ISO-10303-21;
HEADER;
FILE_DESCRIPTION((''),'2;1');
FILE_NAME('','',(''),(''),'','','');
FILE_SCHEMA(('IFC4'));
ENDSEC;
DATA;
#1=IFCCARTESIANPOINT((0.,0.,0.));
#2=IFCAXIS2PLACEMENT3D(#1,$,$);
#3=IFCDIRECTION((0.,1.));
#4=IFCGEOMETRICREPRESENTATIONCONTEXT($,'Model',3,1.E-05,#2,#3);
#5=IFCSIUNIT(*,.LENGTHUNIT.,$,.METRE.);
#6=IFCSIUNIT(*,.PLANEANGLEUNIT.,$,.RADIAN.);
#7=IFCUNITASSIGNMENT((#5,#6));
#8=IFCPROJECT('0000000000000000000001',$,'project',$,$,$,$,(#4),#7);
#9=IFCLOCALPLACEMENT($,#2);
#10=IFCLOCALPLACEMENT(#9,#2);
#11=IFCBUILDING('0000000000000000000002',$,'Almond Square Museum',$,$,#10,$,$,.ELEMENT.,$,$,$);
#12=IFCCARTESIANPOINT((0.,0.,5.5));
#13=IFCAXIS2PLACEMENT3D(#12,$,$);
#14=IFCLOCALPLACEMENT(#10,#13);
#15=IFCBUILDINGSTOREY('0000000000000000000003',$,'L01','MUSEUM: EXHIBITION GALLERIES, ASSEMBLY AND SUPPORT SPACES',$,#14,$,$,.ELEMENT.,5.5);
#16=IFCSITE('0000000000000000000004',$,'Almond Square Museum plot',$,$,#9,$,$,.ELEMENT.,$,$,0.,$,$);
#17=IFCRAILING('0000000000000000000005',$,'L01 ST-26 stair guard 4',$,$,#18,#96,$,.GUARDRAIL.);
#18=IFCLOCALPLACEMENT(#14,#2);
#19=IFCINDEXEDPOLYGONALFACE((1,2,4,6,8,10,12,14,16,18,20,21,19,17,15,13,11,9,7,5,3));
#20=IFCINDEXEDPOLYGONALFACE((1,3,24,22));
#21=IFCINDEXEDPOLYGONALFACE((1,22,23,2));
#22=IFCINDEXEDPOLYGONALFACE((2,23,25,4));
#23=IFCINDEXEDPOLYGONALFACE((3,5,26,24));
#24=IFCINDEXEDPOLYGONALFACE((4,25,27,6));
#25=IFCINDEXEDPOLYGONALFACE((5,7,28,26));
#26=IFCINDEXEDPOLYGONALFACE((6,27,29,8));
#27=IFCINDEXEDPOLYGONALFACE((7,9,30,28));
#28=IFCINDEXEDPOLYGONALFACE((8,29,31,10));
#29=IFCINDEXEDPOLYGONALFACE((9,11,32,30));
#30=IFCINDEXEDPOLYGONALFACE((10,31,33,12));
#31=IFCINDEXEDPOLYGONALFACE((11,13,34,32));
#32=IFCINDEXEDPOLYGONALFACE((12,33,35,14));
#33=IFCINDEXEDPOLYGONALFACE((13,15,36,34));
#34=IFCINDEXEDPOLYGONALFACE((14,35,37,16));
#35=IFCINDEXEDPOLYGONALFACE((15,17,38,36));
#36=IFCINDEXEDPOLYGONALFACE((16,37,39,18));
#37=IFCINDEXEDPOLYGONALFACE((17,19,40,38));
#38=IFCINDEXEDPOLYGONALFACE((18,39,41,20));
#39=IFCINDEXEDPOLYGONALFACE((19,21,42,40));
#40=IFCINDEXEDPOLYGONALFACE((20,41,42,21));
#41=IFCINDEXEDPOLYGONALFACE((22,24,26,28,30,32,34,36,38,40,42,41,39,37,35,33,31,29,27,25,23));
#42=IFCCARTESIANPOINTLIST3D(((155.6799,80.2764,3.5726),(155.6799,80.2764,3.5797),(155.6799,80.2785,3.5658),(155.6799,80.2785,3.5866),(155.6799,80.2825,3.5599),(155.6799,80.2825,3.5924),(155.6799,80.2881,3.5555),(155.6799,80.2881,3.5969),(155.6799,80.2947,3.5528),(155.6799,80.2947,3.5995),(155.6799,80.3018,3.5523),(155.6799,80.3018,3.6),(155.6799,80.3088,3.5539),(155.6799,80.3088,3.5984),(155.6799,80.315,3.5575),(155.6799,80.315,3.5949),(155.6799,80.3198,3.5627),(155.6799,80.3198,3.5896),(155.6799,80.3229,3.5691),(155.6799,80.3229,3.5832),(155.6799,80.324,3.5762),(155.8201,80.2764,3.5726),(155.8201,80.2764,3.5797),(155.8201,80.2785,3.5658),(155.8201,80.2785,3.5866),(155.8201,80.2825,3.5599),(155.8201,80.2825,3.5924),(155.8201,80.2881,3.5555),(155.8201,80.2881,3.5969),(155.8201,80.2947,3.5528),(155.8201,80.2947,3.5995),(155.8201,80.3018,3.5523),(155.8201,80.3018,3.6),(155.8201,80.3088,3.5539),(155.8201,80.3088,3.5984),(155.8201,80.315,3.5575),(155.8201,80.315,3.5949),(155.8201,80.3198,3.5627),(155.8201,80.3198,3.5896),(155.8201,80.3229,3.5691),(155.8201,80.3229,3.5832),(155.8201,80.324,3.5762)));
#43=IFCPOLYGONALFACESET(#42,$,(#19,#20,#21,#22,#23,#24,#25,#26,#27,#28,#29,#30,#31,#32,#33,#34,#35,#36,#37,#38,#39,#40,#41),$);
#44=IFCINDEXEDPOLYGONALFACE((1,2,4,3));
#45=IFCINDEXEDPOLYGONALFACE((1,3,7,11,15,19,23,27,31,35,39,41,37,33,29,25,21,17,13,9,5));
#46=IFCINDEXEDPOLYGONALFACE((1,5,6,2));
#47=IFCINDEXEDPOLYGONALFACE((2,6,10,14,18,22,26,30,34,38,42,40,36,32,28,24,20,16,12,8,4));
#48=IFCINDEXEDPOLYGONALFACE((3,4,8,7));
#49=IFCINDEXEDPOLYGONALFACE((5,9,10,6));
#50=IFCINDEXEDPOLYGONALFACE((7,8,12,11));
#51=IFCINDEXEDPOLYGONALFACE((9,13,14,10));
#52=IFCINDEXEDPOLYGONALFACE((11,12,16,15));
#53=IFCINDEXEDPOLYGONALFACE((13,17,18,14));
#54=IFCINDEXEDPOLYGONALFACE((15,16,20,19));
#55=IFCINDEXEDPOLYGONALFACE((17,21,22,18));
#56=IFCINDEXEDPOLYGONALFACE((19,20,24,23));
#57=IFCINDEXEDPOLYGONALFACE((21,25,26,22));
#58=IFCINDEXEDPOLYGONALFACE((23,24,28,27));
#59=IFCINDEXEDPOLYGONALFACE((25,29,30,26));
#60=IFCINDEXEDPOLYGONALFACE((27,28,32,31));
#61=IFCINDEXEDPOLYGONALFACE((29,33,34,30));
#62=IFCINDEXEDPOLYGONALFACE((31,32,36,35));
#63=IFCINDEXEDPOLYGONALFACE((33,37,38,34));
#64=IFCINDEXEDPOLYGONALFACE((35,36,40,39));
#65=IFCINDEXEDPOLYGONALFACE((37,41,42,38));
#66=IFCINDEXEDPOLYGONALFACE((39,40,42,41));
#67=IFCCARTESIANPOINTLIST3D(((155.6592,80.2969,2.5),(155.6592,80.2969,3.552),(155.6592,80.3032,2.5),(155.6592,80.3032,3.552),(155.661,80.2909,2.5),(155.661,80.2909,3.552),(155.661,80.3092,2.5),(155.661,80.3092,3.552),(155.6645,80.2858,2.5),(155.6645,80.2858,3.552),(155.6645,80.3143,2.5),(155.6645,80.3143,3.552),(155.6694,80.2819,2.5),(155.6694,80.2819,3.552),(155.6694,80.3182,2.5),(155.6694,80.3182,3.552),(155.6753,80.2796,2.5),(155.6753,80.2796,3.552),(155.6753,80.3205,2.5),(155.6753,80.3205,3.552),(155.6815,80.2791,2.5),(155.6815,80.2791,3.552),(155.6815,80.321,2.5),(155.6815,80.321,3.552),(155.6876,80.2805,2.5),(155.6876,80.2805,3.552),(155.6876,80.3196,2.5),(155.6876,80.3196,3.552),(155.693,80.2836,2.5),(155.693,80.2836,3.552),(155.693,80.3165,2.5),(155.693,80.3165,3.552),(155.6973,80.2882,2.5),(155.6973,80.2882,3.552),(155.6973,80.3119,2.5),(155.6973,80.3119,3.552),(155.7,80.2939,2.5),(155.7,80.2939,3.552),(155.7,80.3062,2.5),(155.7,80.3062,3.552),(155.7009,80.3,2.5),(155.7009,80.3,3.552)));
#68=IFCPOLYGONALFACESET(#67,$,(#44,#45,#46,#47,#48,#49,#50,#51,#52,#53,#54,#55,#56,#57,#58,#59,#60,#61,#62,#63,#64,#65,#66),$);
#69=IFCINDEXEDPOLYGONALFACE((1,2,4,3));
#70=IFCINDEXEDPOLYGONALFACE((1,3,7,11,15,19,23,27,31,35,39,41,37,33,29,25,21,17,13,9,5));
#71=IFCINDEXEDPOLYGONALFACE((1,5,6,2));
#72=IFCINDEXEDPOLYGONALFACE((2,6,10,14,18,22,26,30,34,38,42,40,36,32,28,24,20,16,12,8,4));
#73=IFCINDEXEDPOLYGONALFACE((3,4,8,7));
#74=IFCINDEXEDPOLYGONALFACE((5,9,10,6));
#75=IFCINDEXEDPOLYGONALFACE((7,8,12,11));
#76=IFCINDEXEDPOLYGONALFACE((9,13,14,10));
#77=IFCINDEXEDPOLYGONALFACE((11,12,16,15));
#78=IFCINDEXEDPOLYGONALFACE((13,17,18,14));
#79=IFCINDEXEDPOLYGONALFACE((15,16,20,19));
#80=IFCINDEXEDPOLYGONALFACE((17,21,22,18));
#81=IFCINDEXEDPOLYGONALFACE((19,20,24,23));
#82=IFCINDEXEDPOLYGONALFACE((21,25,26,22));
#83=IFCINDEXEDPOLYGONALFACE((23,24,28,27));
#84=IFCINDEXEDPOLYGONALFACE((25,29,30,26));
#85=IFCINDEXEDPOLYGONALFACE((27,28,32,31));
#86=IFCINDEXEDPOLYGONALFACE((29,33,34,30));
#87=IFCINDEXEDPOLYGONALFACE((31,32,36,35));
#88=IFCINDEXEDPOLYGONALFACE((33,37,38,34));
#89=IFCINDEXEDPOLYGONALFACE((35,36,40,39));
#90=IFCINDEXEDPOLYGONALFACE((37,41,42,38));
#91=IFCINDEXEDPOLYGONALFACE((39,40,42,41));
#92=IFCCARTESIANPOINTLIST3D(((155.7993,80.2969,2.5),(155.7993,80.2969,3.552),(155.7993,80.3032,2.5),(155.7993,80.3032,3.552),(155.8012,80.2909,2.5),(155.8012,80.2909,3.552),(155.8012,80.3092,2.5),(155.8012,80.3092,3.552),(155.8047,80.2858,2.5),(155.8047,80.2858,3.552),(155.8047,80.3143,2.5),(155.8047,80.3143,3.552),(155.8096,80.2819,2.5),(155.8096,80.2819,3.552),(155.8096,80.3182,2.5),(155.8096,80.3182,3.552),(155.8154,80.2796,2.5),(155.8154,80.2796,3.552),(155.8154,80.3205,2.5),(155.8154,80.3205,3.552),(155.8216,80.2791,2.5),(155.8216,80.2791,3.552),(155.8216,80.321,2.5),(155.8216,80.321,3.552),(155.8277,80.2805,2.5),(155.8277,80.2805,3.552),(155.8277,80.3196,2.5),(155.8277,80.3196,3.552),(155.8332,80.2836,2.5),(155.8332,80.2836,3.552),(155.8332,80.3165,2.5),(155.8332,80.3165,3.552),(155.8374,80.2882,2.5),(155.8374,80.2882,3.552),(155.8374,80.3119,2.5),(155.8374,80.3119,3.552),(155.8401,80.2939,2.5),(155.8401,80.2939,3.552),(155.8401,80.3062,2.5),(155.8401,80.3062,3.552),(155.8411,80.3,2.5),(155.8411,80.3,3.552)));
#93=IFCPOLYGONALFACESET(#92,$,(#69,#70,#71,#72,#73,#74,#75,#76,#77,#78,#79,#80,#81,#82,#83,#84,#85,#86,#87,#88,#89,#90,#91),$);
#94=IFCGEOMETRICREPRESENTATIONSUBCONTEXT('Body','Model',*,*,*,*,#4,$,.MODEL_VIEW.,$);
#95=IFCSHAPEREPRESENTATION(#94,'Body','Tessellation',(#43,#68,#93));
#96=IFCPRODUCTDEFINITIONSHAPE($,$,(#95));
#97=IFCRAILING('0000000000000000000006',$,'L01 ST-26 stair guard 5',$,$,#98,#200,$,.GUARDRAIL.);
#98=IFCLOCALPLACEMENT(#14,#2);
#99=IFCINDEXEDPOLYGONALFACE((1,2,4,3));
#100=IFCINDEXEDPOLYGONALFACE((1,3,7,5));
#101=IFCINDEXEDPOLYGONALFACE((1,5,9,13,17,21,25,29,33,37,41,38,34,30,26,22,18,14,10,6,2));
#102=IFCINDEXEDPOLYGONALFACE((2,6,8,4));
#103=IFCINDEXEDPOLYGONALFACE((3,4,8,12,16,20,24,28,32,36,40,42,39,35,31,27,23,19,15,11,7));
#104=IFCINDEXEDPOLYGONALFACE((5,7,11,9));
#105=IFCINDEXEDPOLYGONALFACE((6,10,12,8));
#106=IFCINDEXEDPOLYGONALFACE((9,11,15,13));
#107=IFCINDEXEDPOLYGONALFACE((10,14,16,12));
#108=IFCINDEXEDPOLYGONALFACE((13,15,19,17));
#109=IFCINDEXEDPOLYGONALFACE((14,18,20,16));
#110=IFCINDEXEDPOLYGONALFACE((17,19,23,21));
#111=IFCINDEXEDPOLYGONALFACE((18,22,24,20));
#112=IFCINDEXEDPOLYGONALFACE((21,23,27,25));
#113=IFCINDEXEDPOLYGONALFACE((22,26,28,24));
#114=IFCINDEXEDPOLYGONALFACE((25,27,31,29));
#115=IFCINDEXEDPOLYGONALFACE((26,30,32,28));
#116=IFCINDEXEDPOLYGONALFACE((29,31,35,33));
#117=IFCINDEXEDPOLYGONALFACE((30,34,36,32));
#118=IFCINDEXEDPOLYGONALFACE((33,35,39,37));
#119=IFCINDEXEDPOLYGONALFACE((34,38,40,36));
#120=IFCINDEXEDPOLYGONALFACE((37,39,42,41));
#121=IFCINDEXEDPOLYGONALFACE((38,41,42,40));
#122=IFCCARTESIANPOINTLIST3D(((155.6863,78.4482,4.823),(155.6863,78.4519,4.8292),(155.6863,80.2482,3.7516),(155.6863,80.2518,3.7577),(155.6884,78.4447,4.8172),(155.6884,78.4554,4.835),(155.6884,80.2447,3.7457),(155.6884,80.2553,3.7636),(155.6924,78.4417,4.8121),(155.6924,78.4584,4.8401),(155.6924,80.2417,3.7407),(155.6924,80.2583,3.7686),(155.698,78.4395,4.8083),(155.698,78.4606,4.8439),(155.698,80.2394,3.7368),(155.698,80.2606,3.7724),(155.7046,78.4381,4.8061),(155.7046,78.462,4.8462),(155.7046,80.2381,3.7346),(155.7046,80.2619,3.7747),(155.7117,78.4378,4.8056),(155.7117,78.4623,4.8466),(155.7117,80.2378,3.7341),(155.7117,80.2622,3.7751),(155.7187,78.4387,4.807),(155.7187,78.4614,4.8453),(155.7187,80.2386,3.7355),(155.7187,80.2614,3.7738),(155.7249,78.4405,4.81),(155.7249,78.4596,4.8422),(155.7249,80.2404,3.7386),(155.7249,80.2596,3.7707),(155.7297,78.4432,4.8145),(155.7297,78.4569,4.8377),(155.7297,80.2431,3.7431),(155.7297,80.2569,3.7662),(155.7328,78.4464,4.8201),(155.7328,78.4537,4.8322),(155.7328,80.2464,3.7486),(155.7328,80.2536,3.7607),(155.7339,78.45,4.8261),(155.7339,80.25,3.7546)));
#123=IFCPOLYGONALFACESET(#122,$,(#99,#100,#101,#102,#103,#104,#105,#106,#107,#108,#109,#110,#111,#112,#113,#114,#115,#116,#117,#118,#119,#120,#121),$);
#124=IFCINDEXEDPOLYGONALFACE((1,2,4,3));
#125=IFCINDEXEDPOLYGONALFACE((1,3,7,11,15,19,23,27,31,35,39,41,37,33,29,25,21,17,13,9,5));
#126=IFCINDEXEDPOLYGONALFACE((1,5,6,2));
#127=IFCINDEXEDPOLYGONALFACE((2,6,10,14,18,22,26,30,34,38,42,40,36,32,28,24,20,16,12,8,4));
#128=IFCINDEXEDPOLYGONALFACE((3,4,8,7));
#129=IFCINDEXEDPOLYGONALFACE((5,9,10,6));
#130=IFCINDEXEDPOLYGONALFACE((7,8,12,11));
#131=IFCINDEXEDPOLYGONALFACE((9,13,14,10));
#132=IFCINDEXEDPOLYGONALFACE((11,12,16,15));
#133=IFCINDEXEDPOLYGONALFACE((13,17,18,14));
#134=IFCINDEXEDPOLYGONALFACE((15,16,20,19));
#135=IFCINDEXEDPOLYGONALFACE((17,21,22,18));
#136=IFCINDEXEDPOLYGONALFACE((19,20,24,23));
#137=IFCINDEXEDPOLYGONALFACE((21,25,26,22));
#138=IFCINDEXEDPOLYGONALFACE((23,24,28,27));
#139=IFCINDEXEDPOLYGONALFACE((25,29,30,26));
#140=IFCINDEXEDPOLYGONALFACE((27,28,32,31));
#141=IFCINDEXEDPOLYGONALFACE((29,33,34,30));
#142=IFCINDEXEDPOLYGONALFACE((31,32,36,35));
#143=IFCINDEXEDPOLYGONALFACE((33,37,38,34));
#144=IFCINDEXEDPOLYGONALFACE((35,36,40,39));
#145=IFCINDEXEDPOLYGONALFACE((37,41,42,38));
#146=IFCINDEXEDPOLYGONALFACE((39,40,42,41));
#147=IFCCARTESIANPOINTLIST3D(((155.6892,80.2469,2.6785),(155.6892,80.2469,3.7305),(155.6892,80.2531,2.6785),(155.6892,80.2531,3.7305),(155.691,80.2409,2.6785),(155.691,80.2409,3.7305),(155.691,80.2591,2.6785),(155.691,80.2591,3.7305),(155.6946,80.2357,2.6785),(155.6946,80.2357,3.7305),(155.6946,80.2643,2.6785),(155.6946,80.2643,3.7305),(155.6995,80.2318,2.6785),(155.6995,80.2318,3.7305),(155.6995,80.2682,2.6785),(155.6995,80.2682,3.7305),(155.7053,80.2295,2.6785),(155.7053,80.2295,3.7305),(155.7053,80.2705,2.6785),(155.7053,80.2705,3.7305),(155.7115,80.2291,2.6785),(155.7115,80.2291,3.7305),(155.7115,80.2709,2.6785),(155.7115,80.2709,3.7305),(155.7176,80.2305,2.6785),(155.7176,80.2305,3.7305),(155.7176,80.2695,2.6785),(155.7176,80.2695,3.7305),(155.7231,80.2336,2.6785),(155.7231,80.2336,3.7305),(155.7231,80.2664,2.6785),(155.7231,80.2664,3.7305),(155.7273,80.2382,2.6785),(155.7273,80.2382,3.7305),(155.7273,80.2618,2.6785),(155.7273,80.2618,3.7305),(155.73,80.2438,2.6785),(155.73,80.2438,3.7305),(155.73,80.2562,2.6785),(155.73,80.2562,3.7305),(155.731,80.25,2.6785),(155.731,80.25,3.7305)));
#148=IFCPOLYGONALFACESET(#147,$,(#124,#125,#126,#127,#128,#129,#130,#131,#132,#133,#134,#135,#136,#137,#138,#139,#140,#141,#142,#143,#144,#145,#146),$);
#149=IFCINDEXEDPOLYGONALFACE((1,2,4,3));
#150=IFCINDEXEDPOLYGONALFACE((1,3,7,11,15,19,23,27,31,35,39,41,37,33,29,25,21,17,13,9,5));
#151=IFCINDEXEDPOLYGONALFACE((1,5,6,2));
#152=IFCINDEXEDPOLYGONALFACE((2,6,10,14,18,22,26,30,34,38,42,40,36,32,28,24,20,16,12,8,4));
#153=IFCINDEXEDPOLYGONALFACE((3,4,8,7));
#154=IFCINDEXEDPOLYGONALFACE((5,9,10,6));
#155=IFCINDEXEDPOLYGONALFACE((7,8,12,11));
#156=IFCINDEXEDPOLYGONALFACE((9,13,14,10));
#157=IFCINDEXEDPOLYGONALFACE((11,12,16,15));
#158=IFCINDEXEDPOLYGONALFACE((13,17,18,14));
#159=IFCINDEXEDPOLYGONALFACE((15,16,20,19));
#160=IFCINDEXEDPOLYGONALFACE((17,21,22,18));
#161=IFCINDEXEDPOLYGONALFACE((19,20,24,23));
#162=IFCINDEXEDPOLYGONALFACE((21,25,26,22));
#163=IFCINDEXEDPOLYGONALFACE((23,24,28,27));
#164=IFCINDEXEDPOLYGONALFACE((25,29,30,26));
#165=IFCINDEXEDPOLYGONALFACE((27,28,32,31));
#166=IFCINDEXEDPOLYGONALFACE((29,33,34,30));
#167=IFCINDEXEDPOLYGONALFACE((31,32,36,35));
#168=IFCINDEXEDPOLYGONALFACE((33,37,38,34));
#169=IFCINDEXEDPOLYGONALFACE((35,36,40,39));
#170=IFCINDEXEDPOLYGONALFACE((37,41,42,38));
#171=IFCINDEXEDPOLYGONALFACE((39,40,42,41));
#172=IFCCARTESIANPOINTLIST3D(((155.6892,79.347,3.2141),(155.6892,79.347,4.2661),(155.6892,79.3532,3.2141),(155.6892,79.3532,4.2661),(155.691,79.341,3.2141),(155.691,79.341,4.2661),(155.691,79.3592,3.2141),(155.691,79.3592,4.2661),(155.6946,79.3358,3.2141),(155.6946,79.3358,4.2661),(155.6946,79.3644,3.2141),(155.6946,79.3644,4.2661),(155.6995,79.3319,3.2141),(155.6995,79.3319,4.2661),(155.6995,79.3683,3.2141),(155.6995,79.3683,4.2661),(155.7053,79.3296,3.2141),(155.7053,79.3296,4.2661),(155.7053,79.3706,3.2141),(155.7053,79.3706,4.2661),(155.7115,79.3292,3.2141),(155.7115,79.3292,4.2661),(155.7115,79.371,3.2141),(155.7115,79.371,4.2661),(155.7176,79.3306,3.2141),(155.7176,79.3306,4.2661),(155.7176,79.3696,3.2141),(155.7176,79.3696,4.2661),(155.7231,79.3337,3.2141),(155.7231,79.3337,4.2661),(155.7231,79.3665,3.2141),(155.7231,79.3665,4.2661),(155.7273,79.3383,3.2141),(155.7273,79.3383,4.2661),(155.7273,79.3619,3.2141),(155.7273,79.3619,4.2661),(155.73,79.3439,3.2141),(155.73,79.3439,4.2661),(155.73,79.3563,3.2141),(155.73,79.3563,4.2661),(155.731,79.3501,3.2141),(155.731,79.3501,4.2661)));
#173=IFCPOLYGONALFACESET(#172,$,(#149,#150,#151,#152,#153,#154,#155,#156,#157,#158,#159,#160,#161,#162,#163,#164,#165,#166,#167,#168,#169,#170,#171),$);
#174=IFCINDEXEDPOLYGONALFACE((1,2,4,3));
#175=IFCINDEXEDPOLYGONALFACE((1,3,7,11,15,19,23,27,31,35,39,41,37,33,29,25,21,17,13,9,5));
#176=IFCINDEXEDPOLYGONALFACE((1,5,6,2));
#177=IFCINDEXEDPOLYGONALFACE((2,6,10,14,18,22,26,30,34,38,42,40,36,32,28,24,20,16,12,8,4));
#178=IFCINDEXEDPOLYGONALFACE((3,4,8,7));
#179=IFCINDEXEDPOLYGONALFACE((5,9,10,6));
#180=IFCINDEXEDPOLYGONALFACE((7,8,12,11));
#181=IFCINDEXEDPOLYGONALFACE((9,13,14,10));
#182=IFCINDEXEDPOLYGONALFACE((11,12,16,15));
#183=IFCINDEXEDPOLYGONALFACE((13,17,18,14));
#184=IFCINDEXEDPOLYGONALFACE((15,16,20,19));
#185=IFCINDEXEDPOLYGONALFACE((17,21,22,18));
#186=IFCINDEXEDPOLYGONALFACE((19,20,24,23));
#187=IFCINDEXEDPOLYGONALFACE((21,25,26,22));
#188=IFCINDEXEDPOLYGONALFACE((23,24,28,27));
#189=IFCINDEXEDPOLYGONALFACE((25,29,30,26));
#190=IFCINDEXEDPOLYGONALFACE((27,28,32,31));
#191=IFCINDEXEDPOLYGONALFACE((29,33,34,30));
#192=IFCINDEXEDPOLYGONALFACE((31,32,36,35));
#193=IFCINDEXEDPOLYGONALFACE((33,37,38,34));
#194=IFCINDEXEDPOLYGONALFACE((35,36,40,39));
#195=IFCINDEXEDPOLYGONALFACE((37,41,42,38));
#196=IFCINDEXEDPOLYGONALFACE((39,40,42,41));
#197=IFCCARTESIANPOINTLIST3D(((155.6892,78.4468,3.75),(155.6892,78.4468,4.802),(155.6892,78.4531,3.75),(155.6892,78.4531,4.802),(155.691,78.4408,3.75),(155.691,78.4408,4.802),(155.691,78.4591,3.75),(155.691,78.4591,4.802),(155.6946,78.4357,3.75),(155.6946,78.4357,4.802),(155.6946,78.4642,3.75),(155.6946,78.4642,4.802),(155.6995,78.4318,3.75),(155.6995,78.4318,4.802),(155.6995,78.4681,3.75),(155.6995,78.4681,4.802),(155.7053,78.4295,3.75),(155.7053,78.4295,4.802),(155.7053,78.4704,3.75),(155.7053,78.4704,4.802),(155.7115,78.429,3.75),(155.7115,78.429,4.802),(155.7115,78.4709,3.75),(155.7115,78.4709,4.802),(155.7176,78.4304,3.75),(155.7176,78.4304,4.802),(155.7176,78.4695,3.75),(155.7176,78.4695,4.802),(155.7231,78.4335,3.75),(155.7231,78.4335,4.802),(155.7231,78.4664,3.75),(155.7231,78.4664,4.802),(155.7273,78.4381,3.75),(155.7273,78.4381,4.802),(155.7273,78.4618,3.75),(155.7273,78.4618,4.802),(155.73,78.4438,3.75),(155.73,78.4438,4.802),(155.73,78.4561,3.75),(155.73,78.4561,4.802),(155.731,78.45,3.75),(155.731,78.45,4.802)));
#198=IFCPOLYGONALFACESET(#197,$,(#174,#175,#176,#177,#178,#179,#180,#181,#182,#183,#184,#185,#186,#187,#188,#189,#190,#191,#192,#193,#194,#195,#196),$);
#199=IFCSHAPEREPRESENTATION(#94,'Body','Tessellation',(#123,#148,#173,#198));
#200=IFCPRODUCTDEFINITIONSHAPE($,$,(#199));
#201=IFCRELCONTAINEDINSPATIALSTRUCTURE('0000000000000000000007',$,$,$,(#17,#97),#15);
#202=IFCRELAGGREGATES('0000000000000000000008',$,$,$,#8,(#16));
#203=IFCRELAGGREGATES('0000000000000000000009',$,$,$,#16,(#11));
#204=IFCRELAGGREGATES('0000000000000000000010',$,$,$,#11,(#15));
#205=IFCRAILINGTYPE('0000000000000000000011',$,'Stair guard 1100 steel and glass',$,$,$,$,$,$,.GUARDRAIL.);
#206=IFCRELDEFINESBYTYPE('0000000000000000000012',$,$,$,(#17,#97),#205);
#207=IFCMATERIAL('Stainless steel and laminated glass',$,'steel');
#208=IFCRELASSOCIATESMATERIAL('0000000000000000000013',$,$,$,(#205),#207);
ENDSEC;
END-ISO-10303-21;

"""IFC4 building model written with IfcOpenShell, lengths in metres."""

from ifc_helpers import new_model, si_unit, direction, frame, origin, origin_2d, place, context, subcontext, project, spatial, circle, extrude, material, type_object, element, save


model = new_model("IFC4")

# Units and contexts
model_context = context("Model", 3, precision=1e-05, world=origin(), true_north=direction((0.0, 1.0)))
body_context = subcontext(model_context, "Body", "Model", "MODEL_VIEW")
ifc_project = project(units=[si_unit("LENGTHUNIT", "METRE"), si_unit("PLANEANGLEUNIT", "RADIAN")], contexts=[model_context])

# Site, building, storey
site_placement = place(None, origin())
site = spatial("IfcSite", under=ifc_project, at=site_placement, Name="Almond Square Museum plot", CompositionType="ELEMENT", RefElevation=0.0)
building_placement = place(site_placement, origin())
building = spatial("IfcBuilding", under=site, at=building_placement, Name="Almond Square Museum", CompositionType="ELEMENT")
storey_placement = place(building_placement, frame((0.0, 0.0, 5.5)))
storey = spatial("IfcBuildingStorey", under=building, at=storey_placement, Name="L01", Description="MUSEUM: EXHIBITION GALLERIES, ASSEMBLY AND SUPPORT SPACES", CompositionType="ELEMENT", Elevation=5.5)

# Railings
ifc_material_1 = material(Name="Stainless steel and laminated glass", Category="steel")
railing_type = type_object("IfcRailingType", Name="Stair guard 1100 steel and glass", PredefinedType="GUARDRAIL", material=ifc_material_1)
railing_1_placement = place(storey_placement, frame((155.6799, 80.3, 2.5)))
element("IfcRailing", 1, at=railing_1_placement, inside=storey, type_object=railing_type, Name="L01 ST-26 stair guard 4", PredefinedType="GUARDRAIL", context=body_context, shape_type="SweptSolid", body=[
    extrude(circle(Radius=0.0239, at=origin_2d()), frame((0.0, 0.0, 1.0762), z_axis=(1.0, 0.0, 0.0), x_axis=(0.0, 1.0, 0.0)), (0.0, 0.0, 1.0), 0.1401),
    extrude(circle(Radius=0.021, at=origin_2d()), origin(), (0.0, 0.0, 1.0), 1.052),
    extrude(circle(Radius=0.021, at=origin_2d()), frame((0.1401, 0.0, 0.0)), (0.0, 0.0, 1.0), 1.052),
])
railing_2_placement = place(storey_placement, frame((155.71, 80.25, 2.6785)))
element("IfcRailing", 2, at=railing_2_placement, inside=storey, type_object=railing_type, Name="L01 ST-26 stair guard 5", PredefinedType="GUARDRAIL", context=body_context, shape_type="SweptSolid", body=[
    extrude(circle(Radius=0.0239, at=origin_2d()), frame((0.0, 0.0, 1.0762), z_axis=(0.0, -0.859277, 0.51151), x_axis=(1.0, 0.0, 0.0)), (0.0, 0.0, 1.0), 2.0947),
    extrude(circle(Radius=0.021, at=origin_2d()), origin(), (0.0, 0.0, 1.0), 1.052),
    extrude(circle(Radius=0.021, at=origin_2d()), frame((0.0, -0.8999, 0.5356)), (0.0, 0.0, 1.0), 1.052),
    extrude(circle(Radius=0.021, at=origin_2d()), frame((0.0, -1.8, 1.0715)), (0.0, 0.0, 1.0), 1.052),
])

save(model, "model.ifc")
